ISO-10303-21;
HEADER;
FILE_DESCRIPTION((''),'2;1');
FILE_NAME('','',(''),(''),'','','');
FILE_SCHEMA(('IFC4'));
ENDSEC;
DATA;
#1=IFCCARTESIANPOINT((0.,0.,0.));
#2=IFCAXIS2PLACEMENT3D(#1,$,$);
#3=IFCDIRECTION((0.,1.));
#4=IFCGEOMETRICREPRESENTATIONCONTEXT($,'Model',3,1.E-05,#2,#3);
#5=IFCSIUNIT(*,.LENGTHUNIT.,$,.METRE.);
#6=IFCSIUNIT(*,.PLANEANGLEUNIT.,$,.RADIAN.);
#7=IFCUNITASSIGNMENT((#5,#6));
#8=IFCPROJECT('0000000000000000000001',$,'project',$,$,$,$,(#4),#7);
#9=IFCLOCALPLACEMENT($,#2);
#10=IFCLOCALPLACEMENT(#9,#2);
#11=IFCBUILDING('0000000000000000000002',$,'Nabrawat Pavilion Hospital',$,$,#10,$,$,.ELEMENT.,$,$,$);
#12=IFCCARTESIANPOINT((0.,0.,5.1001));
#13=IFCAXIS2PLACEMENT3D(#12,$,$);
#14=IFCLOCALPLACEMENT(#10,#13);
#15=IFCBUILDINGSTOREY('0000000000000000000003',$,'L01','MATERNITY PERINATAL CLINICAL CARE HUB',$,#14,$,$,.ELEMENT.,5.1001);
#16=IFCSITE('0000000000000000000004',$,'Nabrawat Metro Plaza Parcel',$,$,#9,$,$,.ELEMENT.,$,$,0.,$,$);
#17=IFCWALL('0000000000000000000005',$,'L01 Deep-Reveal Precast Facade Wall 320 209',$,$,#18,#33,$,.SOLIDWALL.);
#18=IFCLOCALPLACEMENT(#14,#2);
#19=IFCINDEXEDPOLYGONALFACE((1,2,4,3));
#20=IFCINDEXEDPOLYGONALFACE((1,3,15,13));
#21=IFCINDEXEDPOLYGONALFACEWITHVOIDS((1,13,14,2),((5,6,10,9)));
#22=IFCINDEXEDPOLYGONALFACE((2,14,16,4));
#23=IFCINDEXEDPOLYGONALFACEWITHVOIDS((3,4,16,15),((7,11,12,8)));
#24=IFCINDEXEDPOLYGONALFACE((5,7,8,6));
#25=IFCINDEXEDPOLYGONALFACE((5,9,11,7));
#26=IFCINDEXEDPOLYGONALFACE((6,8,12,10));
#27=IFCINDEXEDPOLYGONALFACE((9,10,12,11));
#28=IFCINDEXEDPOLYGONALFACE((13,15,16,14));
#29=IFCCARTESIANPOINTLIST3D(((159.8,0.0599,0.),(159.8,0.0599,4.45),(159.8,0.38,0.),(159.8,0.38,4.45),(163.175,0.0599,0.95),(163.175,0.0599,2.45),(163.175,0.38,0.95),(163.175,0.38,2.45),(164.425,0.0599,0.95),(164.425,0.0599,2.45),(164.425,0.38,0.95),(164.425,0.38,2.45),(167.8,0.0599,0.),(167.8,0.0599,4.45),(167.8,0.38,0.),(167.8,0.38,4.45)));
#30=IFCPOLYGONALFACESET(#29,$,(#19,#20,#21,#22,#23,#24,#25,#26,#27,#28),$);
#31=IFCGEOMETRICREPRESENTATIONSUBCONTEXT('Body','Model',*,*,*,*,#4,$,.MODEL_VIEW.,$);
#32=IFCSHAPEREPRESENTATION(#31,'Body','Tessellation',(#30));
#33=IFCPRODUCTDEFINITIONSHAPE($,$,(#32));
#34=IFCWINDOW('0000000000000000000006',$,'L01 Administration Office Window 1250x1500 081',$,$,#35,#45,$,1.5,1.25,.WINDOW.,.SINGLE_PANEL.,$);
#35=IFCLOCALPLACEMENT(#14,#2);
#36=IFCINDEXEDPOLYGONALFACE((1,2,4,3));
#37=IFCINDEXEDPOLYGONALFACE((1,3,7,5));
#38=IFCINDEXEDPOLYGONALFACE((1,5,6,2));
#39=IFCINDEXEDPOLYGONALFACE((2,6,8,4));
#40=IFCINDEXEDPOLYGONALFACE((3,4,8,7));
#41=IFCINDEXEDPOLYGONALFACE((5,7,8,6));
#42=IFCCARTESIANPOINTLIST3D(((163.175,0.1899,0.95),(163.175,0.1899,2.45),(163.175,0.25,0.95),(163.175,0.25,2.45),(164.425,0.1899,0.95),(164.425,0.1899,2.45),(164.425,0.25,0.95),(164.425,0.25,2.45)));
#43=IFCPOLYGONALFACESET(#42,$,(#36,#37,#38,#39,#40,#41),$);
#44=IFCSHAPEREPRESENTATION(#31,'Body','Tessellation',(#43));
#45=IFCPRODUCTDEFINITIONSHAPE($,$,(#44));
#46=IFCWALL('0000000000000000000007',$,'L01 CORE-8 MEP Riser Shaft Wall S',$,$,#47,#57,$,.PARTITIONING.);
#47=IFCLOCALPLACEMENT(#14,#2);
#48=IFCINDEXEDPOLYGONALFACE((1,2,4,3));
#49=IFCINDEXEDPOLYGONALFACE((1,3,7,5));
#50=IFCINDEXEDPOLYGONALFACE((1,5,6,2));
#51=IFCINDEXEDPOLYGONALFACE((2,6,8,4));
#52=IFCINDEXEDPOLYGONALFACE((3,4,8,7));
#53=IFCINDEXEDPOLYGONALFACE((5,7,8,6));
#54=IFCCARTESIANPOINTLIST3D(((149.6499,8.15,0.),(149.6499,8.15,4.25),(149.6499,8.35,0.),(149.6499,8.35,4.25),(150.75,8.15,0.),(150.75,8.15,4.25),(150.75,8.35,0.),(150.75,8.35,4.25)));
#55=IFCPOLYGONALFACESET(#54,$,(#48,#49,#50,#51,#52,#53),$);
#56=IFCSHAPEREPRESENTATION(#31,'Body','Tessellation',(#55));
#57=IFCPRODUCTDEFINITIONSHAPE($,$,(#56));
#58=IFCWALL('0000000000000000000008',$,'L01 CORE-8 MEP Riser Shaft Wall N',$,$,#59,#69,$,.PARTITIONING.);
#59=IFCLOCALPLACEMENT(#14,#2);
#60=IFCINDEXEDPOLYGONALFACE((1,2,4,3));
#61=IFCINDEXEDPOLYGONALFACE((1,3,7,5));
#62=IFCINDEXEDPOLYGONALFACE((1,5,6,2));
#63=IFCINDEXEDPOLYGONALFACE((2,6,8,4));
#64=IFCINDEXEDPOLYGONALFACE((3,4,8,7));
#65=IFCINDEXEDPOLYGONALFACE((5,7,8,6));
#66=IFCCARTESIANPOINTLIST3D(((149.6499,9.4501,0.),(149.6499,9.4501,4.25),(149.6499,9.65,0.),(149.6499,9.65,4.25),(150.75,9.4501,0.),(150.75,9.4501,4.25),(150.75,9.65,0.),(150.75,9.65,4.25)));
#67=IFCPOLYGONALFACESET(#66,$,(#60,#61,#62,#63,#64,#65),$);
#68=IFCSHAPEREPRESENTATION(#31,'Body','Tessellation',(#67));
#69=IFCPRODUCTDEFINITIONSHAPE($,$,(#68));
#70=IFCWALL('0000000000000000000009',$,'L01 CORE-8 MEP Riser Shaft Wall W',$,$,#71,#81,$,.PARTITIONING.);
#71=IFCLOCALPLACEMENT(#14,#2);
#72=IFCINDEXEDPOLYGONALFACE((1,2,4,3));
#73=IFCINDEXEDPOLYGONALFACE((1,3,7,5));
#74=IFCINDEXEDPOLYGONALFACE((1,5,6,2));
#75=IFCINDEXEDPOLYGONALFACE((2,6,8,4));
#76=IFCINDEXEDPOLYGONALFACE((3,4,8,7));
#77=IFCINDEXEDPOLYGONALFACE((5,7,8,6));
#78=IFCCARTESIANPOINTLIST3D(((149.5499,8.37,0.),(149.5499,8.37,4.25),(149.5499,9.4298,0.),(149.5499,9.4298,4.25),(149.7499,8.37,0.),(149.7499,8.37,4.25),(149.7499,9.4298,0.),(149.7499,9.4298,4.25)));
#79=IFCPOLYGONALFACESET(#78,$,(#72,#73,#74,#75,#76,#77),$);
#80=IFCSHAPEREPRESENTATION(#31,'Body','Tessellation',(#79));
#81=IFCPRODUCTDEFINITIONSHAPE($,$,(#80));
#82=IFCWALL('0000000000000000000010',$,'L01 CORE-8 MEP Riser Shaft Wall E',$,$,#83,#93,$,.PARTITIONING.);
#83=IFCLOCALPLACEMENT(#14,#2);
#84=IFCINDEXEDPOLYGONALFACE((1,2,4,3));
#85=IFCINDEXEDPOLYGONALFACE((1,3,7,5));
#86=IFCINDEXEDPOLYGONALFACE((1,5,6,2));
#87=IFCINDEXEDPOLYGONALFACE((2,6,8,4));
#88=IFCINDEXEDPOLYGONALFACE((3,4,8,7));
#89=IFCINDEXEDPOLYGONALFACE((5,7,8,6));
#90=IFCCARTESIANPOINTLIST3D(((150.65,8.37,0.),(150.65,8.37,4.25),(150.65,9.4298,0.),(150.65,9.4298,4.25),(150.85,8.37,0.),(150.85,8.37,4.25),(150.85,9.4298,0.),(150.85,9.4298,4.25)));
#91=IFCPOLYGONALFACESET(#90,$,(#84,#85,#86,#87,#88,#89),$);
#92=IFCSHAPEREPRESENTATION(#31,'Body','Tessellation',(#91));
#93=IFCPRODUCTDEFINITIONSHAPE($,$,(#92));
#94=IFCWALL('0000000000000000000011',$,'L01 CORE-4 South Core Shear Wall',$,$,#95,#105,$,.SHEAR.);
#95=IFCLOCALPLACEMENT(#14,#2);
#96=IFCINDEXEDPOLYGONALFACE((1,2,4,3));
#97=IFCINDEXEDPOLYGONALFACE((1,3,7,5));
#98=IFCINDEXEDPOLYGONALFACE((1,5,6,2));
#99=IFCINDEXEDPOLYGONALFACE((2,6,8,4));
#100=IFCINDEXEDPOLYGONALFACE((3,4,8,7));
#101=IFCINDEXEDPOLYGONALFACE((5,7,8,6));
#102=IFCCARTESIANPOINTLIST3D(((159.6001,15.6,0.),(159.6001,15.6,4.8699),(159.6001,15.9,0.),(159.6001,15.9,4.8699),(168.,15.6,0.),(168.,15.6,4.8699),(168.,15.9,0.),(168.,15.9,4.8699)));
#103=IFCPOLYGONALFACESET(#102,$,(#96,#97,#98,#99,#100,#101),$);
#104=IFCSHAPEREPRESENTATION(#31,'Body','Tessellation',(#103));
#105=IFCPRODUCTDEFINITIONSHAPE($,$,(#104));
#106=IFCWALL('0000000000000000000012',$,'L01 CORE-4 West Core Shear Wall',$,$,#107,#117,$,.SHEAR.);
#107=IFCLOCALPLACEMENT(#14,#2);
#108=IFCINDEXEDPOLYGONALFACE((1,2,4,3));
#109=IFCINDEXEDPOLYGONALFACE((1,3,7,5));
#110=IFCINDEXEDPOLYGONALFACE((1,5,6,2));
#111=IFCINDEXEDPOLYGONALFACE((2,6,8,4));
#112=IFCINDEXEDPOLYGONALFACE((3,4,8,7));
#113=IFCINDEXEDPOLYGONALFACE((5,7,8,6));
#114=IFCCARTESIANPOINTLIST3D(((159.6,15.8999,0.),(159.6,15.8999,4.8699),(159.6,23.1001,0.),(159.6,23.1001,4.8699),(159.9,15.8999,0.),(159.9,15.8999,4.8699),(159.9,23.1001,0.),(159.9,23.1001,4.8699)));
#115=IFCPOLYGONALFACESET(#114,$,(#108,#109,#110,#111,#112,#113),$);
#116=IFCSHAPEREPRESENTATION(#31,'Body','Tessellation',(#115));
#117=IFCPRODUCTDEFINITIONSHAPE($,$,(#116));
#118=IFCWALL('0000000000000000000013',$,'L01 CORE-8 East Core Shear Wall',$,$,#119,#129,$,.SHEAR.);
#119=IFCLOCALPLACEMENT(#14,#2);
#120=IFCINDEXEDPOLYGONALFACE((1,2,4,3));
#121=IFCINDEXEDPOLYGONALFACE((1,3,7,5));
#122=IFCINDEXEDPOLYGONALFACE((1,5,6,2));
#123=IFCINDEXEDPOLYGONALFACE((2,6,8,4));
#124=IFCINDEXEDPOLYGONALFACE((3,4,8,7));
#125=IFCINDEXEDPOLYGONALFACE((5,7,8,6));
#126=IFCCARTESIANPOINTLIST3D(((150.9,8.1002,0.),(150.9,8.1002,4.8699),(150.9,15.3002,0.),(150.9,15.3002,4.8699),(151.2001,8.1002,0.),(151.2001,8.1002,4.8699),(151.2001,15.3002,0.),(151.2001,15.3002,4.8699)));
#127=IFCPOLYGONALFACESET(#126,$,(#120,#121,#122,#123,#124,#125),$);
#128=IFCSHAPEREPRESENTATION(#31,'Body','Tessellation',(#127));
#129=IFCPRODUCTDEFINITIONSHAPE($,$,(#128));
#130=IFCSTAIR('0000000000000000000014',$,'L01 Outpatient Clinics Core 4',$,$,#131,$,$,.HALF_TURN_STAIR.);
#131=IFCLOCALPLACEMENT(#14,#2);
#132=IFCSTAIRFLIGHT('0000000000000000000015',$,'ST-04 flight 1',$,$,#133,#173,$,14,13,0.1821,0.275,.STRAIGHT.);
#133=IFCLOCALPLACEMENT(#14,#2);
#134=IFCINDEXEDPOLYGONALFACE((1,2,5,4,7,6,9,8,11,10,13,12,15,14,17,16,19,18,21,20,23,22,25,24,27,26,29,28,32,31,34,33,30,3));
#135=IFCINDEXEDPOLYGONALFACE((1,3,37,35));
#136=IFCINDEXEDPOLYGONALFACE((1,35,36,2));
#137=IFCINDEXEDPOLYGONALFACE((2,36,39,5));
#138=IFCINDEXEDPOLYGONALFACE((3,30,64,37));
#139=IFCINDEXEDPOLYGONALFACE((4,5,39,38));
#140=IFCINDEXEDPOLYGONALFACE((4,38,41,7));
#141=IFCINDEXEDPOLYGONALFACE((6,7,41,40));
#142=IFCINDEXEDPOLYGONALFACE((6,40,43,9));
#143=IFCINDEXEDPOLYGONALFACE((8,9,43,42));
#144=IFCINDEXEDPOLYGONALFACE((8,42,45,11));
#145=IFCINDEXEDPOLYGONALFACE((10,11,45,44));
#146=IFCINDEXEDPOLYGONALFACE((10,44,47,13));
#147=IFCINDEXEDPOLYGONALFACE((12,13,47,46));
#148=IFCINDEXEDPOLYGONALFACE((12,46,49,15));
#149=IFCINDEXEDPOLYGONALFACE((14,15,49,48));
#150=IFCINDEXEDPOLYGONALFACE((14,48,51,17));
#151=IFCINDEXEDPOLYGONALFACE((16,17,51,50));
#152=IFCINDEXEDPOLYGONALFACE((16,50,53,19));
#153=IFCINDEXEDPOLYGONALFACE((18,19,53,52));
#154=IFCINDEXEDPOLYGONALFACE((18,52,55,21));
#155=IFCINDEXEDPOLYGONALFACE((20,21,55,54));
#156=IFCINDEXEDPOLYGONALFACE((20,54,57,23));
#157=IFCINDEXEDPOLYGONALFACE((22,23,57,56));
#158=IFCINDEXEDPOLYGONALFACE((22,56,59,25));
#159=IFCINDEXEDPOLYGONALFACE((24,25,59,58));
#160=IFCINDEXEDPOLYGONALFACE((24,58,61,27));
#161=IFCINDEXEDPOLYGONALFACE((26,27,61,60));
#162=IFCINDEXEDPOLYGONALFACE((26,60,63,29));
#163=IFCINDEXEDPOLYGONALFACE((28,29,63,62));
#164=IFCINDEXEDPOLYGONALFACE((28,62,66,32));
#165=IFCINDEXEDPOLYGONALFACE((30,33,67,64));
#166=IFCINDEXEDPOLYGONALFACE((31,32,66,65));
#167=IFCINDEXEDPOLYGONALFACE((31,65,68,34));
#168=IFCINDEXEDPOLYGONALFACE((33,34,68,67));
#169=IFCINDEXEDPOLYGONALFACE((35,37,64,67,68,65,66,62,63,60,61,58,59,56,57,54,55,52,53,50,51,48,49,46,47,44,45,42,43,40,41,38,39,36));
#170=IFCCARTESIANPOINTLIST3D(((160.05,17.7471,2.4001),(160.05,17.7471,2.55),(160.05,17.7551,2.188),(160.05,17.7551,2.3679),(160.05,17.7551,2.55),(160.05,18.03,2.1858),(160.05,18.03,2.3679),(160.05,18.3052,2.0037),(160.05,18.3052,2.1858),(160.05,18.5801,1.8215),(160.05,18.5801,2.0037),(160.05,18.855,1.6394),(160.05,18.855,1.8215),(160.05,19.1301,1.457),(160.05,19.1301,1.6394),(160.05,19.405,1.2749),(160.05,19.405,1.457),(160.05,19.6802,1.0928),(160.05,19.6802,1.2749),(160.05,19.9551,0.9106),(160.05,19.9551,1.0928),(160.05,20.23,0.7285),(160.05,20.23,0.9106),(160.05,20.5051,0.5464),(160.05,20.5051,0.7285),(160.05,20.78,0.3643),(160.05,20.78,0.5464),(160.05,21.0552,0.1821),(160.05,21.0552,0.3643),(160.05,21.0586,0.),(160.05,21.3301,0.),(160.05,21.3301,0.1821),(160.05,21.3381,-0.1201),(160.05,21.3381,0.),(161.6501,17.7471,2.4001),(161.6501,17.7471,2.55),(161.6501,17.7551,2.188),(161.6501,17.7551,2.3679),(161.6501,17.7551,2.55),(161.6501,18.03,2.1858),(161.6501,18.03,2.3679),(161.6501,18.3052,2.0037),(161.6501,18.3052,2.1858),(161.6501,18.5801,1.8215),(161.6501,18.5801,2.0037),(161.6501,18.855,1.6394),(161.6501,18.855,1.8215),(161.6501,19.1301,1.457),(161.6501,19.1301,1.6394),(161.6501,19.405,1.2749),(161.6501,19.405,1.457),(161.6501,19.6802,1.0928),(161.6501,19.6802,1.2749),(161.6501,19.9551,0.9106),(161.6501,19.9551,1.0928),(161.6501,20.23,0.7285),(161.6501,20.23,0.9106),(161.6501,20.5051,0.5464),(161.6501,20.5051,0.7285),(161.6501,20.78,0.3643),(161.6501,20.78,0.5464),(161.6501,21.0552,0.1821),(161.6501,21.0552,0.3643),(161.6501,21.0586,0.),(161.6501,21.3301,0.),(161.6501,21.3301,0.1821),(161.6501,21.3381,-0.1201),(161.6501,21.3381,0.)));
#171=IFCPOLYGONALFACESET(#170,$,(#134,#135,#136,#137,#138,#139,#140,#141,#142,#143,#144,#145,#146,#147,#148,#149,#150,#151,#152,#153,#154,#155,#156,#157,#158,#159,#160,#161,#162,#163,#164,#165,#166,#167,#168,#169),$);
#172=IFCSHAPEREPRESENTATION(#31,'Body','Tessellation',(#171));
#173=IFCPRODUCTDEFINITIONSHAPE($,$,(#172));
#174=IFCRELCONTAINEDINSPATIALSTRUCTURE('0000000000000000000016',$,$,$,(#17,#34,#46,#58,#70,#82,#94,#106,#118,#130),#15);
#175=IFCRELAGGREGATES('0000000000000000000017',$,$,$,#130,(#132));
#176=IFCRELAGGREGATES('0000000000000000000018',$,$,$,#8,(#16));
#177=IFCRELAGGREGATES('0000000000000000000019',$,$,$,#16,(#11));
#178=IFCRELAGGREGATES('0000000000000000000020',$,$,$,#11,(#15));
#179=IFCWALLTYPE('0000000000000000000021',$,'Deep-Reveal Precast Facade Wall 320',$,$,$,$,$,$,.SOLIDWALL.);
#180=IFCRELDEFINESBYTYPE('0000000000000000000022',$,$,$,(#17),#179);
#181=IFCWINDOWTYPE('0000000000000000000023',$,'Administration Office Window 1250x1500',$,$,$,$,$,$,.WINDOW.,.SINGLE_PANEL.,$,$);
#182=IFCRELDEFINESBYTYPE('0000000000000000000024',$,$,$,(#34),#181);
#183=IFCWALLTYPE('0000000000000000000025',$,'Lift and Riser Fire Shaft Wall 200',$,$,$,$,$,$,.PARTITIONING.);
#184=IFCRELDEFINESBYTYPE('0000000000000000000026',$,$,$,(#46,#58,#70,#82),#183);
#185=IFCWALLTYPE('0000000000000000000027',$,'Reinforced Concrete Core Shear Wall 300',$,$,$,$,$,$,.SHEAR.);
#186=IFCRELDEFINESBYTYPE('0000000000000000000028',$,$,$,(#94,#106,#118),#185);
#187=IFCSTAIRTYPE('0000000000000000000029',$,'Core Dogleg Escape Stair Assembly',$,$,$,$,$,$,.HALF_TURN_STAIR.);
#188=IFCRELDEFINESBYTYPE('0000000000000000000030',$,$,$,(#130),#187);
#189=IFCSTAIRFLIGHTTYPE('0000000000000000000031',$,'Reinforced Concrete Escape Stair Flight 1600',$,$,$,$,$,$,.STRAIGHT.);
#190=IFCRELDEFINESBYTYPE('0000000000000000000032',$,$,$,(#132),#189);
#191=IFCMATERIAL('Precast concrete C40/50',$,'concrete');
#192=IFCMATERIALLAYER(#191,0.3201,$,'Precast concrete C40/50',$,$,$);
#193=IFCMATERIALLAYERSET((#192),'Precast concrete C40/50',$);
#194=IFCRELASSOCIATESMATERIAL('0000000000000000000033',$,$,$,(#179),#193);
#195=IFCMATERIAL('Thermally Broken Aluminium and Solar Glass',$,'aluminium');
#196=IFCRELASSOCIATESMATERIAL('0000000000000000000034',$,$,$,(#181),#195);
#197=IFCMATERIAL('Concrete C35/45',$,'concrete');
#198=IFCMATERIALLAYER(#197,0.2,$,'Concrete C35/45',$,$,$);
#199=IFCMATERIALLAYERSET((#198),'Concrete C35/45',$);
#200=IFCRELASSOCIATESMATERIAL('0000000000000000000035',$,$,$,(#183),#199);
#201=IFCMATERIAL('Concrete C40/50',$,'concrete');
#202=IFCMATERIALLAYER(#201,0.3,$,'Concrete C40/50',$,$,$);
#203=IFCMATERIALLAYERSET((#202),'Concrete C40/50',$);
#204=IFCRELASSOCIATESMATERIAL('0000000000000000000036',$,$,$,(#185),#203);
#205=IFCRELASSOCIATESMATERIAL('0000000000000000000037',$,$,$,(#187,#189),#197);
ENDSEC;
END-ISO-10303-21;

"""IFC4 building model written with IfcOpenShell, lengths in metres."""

from ifc_helpers import new_model, si_unit, direction, frame, frame_2d, origin, place, context, subcontext, project, spatial, polyline, rectangle, outline, extrude, material, layer, layer_set, type_object, element, fill, aggregate, save


model = new_model("IFC4")

# Units and contexts
model_context = context("Model", 3, precision=1e-05, world=origin(), true_north=direction((0.0, 1.0)))
body_context = subcontext(model_context, "Body", "Model", "MODEL_VIEW")
ifc_project = project(units=[si_unit("LENGTHUNIT", "METRE"), si_unit("PLANEANGLEUNIT", "RADIAN")], contexts=[model_context])

# Site, building, storey
site_placement = place(None, origin())
site = spatial("IfcSite", under=ifc_project, at=site_placement, Name="Nabrawat Metro Plaza Parcel", CompositionType="ELEMENT", RefElevation=0.0)
building_placement = place(site_placement, origin())
building = spatial("IfcBuilding", under=site, at=building_placement, Name="Nabrawat Pavilion Hospital", CompositionType="ELEMENT")
storey_placement = place(building_placement, frame((0.0, 0.0, 5.1001)))
storey = spatial("IfcBuildingStorey", under=building, at=storey_placement, Name="L01", Description="MATERNITY PERINATAL CLINICAL CARE HUB", CompositionType="ELEMENT", Elevation=5.1001)

# Shared definitions
ifc_material_1 = material(Name="Precast concrete C40/50", Category="concrete")
ifc_layer_1 = layer(ifc_material_1, 0.3201, Name="Precast concrete C40/50")
ifc_layer_set_1 = layer_set([ifc_layer_1], Name="Precast concrete C40/50")
wall_type_1 = type_object("IfcWallType", Name="Deep-Reveal Precast Facade Wall 320", PredefinedType="SOLIDWALL", material=ifc_layer_set_1)

# Wall, opening, window
wall_1_placement = place(storey_placement, frame((159.8, 0.22, 0.0), z_axis=(0.0, 0.0, 1.0), x_axis=(1.0, 0.0, 0.0)))
wall_1 = element("IfcWall", 1, at=wall_1_placement, inside=storey, type_object=wall_type_1, Name="L01 Deep-Reveal Precast Facade Wall 320 209", PredefinedType="SOLIDWALL", context=body_context, shape_type="SweptSolid", body=[
    extrude(rectangle(XDim=8.0, YDim=0.3201, at=frame_2d((4.0, 0.0))), origin(), (0.0, 0.0, 1.0), 4.45),
])
opening_placement = place(wall_1_placement, frame((3.375, 0.0, 0.95)))
opening = element("IfcOpeningElement", 2, at=opening_placement, cuts=wall_1, PredefinedType="OPENING", context=body_context, shape_type="SweptSolid", body=[
    extrude(rectangle(XDim=1.25, YDim=1.5, at=frame_2d((0.625, 0.75))), frame((0.0, 0.1699, 0.0), z_axis=(0.0, -1.0, 0.0), x_axis=(1.0, 0.0, 0.0)), (0.0, 0.0, 1.0), 0.3401),
])
ifc_material_2 = material(Name="Thermally Broken Aluminium and Solar Glass", Category="aluminium")
window_type = type_object("IfcWindowType", Name="Administration Office Window 1250x1500", PartitioningType="SINGLE_PANEL", PredefinedType="WINDOW", material=ifc_material_2)
window_placement = place(opening_placement, origin())
window = element("IfcWindow", 3, at=window_placement, inside=storey, type_object=window_type, Name="L01 Administration Office Window 1250x1500 081", OverallHeight=1.5, OverallWidth=1.25, PartitioningType="SINGLE_PANEL", PredefinedType="WINDOW", context=body_context, shape_type="SweptSolid", body=[
    extrude(rectangle(XDim=1.25, YDim=1.5, at=frame_2d((0.625, 0.75))), frame((0.0, 0.03, 0.0), z_axis=(0.0, -1.0, 0.0), x_axis=(1.0, 0.0, 0.0)), (0.0, 0.0, 1.0), 0.0601),
])
fill(opening, window)

# Walls
ifc_material_3 = material(Name="Concrete C35/45", Category="concrete")
ifc_layer_2 = layer(ifc_material_3, 0.2, Name="Concrete C35/45")
ifc_layer_set_2 = layer_set([ifc_layer_2], Name="Concrete C35/45")
wall_type_2 = type_object("IfcWallType", Name="Lift and Riser Fire Shaft Wall 200", PredefinedType="PARTITIONING", material=ifc_layer_set_2)
for number, where, z_axis, x_axis, name in (
    (4, (149.6499, 8.25, 0.0), (0.0, 0.0, 1.0), (1.0, 0.0, 0.0), "L01 CORE-8 MEP Riser Shaft Wall S"),
    (5, (149.6499, 9.55, 0.0), (0.0, 0.0, 1.0), (1.0, 0.0, 0.0), "L01 CORE-8 MEP Riser Shaft Wall N"),
):
    element("IfcWall", number, at=place(storey_placement, frame(where, z_axis=z_axis, x_axis=x_axis)), inside=storey, type_object=wall_type_2, Name=name, PredefinedType="PARTITIONING", context=body_context, shape_type="SweptSolid", body=[
        extrude(rectangle(XDim=1.1001, YDim=0.2, at=frame_2d((0.55, 0.0))), origin(), (0.0, 0.0, 1.0), 4.25),
    ])
for number, where, z_axis, x_axis, name in (
    (6, (149.6499, 8.3701, 0.0), (0.0, 0.0, 1.0), (0.0, 1.0, 0.0), "L01 CORE-8 MEP Riser Shaft Wall W"),
    (7, (150.75, 8.3701, 0.0), (0.0, 0.0, 1.0), (0.0, 1.0, 0.0), "L01 CORE-8 MEP Riser Shaft Wall E"),
):
    element("IfcWall", number, at=place(storey_placement, frame(where, z_axis=z_axis, x_axis=x_axis)), inside=storey, type_object=wall_type_2, Name=name, PredefinedType="PARTITIONING", context=body_context, shape_type="SweptSolid", body=[
        extrude(rectangle(XDim=1.0598, YDim=0.2, at=frame_2d((0.5298, 0.0))), origin(), (0.0, 0.0, 1.0), 4.25),
    ])
ifc_material_4 = material(Name="Concrete C40/50", Category="concrete")
ifc_layer_3 = layer(ifc_material_4, 0.3, Name="Concrete C40/50")
ifc_layer_set_3 = layer_set([ifc_layer_3], Name="Concrete C40/50")
wall_type_3 = type_object("IfcWallType", Name="Reinforced Concrete Core Shear Wall 300", PredefinedType="SHEAR", material=ifc_layer_set_3)
wall_2_placement = place(storey_placement, frame((159.6001, 15.75, 0.0), z_axis=(0.0, 0.0, 1.0), x_axis=(1.0, 0.0, 0.0)))
element("IfcWall", 8, at=wall_2_placement, inside=storey, type_object=wall_type_3, Name="L01 CORE-4 South Core Shear Wall", PredefinedType="SHEAR", context=body_context, shape_type="SweptSolid", body=[
    extrude(rectangle(XDim=8.3999, YDim=0.3, at=frame_2d((4.2, 0.0))), origin(), (0.0, 0.0, 1.0), 4.8699),
])
wall_3_placement = place(storey_placement, frame((159.75, 15.8999, 0.0), z_axis=(0.0, 0.0, 1.0), x_axis=(0.0, 1.0, 0.0)))
element("IfcWall", 9, at=wall_3_placement, inside=storey, type_object=wall_type_3, Name="L01 CORE-4 West Core Shear Wall", PredefinedType="SHEAR", context=body_context, shape_type="SweptSolid", body=[
    extrude(rectangle(XDim=7.2002, YDim=0.3, at=frame_2d((3.6001, 0.0))), origin(), (0.0, 0.0, 1.0), 4.8699),
])
wall_4_placement = place(storey_placement, frame((151.05, 8.1001, 0.0), z_axis=(0.0, 0.0, 1.0), x_axis=(0.0, 1.0, 0.0)))
element("IfcWall", 10, at=wall_4_placement, inside=storey, type_object=wall_type_3, Name="L01 CORE-8 East Core Shear Wall", PredefinedType="SHEAR", context=body_context, shape_type="SweptSolid", body=[
    extrude(rectangle(XDim=7.2, YDim=0.3, at=frame_2d((3.6001, 0.0))), origin(), (0.0, 0.0, 1.0), 4.8699),
])

# Stair, stair flight
stair_type = type_object("IfcStairType", Name="Core Dogleg Escape Stair Assembly", PredefinedType="HALF_TURN_STAIR", material=ifc_material_3)
stair_placement = place(storey_placement, origin())
stair = element("IfcStair", 11, at=stair_placement, inside=storey, type_object=stair_type, Name="L01 Outpatient Clinics Core 4", PredefinedType="HALF_TURN_STAIR")
stair_flight_type = type_object("IfcStairFlightType", Name="Reinforced Concrete Escape Stair Flight 1600", PredefinedType="STRAIGHT", material=ifc_material_3)
stair_flight_placement = place(storey_placement, frame((160.8501, 21.3301, 0.0), z_axis=(0.0, 0.0, 1.0), x_axis=(0.0, -1.0, 0.0)))
stair_flight = element("IfcStairFlight", 12, at=stair_flight_placement, type_object=stair_flight_type, Name="ST-04 flight 1", NumberOfRisers=14, NumberOfTreads=13, PredefinedType="STRAIGHT", RiserHeight=0.1821, TreadLength=0.275, context=body_context, shape_type="SweptSolid", body=[
    extrude(outline(polyline([(-0.0081, 0.0), (0.0, 0.0), (0.0, 0.1821), (0.2749, 0.1821), (0.2749, 0.3643), (0.55, 0.3643), (0.55, 0.5464), (0.825, 0.5464), (0.825, 0.7285), (1.1001, 0.7285), (1.1001, 0.9106), (1.375, 0.9106), (1.375, 1.0928), (1.6499, 1.0928), (1.6499, 1.2749), (1.925, 1.2749), (1.925, 1.457), (2.2, 1.457), (2.2, 1.6394), (2.4751, 1.6394), (2.4751, 1.8215), (2.75, 1.8215), (2.75, 2.0037), (3.0249, 2.0037), (3.0249, 2.1858), (3.3, 2.1858), (3.3, 2.3679), (3.575, 2.3679), (3.575, 2.55), (3.583, 2.55), (3.583, 2.4001), (3.575, 2.188), (0.2715, 0.0), (-0.0081, -0.1201), (-0.0081, 0.0)])), frame((0.0, 0.8, 0.0), z_axis=(0.0, -1.0, 0.0), x_axis=(1.0, 0.0, 0.0)), (0.0, 0.0, 1.0), 1.6001),
])
aggregate(stair, [stair_flight])

save(model, "model.ifc")
